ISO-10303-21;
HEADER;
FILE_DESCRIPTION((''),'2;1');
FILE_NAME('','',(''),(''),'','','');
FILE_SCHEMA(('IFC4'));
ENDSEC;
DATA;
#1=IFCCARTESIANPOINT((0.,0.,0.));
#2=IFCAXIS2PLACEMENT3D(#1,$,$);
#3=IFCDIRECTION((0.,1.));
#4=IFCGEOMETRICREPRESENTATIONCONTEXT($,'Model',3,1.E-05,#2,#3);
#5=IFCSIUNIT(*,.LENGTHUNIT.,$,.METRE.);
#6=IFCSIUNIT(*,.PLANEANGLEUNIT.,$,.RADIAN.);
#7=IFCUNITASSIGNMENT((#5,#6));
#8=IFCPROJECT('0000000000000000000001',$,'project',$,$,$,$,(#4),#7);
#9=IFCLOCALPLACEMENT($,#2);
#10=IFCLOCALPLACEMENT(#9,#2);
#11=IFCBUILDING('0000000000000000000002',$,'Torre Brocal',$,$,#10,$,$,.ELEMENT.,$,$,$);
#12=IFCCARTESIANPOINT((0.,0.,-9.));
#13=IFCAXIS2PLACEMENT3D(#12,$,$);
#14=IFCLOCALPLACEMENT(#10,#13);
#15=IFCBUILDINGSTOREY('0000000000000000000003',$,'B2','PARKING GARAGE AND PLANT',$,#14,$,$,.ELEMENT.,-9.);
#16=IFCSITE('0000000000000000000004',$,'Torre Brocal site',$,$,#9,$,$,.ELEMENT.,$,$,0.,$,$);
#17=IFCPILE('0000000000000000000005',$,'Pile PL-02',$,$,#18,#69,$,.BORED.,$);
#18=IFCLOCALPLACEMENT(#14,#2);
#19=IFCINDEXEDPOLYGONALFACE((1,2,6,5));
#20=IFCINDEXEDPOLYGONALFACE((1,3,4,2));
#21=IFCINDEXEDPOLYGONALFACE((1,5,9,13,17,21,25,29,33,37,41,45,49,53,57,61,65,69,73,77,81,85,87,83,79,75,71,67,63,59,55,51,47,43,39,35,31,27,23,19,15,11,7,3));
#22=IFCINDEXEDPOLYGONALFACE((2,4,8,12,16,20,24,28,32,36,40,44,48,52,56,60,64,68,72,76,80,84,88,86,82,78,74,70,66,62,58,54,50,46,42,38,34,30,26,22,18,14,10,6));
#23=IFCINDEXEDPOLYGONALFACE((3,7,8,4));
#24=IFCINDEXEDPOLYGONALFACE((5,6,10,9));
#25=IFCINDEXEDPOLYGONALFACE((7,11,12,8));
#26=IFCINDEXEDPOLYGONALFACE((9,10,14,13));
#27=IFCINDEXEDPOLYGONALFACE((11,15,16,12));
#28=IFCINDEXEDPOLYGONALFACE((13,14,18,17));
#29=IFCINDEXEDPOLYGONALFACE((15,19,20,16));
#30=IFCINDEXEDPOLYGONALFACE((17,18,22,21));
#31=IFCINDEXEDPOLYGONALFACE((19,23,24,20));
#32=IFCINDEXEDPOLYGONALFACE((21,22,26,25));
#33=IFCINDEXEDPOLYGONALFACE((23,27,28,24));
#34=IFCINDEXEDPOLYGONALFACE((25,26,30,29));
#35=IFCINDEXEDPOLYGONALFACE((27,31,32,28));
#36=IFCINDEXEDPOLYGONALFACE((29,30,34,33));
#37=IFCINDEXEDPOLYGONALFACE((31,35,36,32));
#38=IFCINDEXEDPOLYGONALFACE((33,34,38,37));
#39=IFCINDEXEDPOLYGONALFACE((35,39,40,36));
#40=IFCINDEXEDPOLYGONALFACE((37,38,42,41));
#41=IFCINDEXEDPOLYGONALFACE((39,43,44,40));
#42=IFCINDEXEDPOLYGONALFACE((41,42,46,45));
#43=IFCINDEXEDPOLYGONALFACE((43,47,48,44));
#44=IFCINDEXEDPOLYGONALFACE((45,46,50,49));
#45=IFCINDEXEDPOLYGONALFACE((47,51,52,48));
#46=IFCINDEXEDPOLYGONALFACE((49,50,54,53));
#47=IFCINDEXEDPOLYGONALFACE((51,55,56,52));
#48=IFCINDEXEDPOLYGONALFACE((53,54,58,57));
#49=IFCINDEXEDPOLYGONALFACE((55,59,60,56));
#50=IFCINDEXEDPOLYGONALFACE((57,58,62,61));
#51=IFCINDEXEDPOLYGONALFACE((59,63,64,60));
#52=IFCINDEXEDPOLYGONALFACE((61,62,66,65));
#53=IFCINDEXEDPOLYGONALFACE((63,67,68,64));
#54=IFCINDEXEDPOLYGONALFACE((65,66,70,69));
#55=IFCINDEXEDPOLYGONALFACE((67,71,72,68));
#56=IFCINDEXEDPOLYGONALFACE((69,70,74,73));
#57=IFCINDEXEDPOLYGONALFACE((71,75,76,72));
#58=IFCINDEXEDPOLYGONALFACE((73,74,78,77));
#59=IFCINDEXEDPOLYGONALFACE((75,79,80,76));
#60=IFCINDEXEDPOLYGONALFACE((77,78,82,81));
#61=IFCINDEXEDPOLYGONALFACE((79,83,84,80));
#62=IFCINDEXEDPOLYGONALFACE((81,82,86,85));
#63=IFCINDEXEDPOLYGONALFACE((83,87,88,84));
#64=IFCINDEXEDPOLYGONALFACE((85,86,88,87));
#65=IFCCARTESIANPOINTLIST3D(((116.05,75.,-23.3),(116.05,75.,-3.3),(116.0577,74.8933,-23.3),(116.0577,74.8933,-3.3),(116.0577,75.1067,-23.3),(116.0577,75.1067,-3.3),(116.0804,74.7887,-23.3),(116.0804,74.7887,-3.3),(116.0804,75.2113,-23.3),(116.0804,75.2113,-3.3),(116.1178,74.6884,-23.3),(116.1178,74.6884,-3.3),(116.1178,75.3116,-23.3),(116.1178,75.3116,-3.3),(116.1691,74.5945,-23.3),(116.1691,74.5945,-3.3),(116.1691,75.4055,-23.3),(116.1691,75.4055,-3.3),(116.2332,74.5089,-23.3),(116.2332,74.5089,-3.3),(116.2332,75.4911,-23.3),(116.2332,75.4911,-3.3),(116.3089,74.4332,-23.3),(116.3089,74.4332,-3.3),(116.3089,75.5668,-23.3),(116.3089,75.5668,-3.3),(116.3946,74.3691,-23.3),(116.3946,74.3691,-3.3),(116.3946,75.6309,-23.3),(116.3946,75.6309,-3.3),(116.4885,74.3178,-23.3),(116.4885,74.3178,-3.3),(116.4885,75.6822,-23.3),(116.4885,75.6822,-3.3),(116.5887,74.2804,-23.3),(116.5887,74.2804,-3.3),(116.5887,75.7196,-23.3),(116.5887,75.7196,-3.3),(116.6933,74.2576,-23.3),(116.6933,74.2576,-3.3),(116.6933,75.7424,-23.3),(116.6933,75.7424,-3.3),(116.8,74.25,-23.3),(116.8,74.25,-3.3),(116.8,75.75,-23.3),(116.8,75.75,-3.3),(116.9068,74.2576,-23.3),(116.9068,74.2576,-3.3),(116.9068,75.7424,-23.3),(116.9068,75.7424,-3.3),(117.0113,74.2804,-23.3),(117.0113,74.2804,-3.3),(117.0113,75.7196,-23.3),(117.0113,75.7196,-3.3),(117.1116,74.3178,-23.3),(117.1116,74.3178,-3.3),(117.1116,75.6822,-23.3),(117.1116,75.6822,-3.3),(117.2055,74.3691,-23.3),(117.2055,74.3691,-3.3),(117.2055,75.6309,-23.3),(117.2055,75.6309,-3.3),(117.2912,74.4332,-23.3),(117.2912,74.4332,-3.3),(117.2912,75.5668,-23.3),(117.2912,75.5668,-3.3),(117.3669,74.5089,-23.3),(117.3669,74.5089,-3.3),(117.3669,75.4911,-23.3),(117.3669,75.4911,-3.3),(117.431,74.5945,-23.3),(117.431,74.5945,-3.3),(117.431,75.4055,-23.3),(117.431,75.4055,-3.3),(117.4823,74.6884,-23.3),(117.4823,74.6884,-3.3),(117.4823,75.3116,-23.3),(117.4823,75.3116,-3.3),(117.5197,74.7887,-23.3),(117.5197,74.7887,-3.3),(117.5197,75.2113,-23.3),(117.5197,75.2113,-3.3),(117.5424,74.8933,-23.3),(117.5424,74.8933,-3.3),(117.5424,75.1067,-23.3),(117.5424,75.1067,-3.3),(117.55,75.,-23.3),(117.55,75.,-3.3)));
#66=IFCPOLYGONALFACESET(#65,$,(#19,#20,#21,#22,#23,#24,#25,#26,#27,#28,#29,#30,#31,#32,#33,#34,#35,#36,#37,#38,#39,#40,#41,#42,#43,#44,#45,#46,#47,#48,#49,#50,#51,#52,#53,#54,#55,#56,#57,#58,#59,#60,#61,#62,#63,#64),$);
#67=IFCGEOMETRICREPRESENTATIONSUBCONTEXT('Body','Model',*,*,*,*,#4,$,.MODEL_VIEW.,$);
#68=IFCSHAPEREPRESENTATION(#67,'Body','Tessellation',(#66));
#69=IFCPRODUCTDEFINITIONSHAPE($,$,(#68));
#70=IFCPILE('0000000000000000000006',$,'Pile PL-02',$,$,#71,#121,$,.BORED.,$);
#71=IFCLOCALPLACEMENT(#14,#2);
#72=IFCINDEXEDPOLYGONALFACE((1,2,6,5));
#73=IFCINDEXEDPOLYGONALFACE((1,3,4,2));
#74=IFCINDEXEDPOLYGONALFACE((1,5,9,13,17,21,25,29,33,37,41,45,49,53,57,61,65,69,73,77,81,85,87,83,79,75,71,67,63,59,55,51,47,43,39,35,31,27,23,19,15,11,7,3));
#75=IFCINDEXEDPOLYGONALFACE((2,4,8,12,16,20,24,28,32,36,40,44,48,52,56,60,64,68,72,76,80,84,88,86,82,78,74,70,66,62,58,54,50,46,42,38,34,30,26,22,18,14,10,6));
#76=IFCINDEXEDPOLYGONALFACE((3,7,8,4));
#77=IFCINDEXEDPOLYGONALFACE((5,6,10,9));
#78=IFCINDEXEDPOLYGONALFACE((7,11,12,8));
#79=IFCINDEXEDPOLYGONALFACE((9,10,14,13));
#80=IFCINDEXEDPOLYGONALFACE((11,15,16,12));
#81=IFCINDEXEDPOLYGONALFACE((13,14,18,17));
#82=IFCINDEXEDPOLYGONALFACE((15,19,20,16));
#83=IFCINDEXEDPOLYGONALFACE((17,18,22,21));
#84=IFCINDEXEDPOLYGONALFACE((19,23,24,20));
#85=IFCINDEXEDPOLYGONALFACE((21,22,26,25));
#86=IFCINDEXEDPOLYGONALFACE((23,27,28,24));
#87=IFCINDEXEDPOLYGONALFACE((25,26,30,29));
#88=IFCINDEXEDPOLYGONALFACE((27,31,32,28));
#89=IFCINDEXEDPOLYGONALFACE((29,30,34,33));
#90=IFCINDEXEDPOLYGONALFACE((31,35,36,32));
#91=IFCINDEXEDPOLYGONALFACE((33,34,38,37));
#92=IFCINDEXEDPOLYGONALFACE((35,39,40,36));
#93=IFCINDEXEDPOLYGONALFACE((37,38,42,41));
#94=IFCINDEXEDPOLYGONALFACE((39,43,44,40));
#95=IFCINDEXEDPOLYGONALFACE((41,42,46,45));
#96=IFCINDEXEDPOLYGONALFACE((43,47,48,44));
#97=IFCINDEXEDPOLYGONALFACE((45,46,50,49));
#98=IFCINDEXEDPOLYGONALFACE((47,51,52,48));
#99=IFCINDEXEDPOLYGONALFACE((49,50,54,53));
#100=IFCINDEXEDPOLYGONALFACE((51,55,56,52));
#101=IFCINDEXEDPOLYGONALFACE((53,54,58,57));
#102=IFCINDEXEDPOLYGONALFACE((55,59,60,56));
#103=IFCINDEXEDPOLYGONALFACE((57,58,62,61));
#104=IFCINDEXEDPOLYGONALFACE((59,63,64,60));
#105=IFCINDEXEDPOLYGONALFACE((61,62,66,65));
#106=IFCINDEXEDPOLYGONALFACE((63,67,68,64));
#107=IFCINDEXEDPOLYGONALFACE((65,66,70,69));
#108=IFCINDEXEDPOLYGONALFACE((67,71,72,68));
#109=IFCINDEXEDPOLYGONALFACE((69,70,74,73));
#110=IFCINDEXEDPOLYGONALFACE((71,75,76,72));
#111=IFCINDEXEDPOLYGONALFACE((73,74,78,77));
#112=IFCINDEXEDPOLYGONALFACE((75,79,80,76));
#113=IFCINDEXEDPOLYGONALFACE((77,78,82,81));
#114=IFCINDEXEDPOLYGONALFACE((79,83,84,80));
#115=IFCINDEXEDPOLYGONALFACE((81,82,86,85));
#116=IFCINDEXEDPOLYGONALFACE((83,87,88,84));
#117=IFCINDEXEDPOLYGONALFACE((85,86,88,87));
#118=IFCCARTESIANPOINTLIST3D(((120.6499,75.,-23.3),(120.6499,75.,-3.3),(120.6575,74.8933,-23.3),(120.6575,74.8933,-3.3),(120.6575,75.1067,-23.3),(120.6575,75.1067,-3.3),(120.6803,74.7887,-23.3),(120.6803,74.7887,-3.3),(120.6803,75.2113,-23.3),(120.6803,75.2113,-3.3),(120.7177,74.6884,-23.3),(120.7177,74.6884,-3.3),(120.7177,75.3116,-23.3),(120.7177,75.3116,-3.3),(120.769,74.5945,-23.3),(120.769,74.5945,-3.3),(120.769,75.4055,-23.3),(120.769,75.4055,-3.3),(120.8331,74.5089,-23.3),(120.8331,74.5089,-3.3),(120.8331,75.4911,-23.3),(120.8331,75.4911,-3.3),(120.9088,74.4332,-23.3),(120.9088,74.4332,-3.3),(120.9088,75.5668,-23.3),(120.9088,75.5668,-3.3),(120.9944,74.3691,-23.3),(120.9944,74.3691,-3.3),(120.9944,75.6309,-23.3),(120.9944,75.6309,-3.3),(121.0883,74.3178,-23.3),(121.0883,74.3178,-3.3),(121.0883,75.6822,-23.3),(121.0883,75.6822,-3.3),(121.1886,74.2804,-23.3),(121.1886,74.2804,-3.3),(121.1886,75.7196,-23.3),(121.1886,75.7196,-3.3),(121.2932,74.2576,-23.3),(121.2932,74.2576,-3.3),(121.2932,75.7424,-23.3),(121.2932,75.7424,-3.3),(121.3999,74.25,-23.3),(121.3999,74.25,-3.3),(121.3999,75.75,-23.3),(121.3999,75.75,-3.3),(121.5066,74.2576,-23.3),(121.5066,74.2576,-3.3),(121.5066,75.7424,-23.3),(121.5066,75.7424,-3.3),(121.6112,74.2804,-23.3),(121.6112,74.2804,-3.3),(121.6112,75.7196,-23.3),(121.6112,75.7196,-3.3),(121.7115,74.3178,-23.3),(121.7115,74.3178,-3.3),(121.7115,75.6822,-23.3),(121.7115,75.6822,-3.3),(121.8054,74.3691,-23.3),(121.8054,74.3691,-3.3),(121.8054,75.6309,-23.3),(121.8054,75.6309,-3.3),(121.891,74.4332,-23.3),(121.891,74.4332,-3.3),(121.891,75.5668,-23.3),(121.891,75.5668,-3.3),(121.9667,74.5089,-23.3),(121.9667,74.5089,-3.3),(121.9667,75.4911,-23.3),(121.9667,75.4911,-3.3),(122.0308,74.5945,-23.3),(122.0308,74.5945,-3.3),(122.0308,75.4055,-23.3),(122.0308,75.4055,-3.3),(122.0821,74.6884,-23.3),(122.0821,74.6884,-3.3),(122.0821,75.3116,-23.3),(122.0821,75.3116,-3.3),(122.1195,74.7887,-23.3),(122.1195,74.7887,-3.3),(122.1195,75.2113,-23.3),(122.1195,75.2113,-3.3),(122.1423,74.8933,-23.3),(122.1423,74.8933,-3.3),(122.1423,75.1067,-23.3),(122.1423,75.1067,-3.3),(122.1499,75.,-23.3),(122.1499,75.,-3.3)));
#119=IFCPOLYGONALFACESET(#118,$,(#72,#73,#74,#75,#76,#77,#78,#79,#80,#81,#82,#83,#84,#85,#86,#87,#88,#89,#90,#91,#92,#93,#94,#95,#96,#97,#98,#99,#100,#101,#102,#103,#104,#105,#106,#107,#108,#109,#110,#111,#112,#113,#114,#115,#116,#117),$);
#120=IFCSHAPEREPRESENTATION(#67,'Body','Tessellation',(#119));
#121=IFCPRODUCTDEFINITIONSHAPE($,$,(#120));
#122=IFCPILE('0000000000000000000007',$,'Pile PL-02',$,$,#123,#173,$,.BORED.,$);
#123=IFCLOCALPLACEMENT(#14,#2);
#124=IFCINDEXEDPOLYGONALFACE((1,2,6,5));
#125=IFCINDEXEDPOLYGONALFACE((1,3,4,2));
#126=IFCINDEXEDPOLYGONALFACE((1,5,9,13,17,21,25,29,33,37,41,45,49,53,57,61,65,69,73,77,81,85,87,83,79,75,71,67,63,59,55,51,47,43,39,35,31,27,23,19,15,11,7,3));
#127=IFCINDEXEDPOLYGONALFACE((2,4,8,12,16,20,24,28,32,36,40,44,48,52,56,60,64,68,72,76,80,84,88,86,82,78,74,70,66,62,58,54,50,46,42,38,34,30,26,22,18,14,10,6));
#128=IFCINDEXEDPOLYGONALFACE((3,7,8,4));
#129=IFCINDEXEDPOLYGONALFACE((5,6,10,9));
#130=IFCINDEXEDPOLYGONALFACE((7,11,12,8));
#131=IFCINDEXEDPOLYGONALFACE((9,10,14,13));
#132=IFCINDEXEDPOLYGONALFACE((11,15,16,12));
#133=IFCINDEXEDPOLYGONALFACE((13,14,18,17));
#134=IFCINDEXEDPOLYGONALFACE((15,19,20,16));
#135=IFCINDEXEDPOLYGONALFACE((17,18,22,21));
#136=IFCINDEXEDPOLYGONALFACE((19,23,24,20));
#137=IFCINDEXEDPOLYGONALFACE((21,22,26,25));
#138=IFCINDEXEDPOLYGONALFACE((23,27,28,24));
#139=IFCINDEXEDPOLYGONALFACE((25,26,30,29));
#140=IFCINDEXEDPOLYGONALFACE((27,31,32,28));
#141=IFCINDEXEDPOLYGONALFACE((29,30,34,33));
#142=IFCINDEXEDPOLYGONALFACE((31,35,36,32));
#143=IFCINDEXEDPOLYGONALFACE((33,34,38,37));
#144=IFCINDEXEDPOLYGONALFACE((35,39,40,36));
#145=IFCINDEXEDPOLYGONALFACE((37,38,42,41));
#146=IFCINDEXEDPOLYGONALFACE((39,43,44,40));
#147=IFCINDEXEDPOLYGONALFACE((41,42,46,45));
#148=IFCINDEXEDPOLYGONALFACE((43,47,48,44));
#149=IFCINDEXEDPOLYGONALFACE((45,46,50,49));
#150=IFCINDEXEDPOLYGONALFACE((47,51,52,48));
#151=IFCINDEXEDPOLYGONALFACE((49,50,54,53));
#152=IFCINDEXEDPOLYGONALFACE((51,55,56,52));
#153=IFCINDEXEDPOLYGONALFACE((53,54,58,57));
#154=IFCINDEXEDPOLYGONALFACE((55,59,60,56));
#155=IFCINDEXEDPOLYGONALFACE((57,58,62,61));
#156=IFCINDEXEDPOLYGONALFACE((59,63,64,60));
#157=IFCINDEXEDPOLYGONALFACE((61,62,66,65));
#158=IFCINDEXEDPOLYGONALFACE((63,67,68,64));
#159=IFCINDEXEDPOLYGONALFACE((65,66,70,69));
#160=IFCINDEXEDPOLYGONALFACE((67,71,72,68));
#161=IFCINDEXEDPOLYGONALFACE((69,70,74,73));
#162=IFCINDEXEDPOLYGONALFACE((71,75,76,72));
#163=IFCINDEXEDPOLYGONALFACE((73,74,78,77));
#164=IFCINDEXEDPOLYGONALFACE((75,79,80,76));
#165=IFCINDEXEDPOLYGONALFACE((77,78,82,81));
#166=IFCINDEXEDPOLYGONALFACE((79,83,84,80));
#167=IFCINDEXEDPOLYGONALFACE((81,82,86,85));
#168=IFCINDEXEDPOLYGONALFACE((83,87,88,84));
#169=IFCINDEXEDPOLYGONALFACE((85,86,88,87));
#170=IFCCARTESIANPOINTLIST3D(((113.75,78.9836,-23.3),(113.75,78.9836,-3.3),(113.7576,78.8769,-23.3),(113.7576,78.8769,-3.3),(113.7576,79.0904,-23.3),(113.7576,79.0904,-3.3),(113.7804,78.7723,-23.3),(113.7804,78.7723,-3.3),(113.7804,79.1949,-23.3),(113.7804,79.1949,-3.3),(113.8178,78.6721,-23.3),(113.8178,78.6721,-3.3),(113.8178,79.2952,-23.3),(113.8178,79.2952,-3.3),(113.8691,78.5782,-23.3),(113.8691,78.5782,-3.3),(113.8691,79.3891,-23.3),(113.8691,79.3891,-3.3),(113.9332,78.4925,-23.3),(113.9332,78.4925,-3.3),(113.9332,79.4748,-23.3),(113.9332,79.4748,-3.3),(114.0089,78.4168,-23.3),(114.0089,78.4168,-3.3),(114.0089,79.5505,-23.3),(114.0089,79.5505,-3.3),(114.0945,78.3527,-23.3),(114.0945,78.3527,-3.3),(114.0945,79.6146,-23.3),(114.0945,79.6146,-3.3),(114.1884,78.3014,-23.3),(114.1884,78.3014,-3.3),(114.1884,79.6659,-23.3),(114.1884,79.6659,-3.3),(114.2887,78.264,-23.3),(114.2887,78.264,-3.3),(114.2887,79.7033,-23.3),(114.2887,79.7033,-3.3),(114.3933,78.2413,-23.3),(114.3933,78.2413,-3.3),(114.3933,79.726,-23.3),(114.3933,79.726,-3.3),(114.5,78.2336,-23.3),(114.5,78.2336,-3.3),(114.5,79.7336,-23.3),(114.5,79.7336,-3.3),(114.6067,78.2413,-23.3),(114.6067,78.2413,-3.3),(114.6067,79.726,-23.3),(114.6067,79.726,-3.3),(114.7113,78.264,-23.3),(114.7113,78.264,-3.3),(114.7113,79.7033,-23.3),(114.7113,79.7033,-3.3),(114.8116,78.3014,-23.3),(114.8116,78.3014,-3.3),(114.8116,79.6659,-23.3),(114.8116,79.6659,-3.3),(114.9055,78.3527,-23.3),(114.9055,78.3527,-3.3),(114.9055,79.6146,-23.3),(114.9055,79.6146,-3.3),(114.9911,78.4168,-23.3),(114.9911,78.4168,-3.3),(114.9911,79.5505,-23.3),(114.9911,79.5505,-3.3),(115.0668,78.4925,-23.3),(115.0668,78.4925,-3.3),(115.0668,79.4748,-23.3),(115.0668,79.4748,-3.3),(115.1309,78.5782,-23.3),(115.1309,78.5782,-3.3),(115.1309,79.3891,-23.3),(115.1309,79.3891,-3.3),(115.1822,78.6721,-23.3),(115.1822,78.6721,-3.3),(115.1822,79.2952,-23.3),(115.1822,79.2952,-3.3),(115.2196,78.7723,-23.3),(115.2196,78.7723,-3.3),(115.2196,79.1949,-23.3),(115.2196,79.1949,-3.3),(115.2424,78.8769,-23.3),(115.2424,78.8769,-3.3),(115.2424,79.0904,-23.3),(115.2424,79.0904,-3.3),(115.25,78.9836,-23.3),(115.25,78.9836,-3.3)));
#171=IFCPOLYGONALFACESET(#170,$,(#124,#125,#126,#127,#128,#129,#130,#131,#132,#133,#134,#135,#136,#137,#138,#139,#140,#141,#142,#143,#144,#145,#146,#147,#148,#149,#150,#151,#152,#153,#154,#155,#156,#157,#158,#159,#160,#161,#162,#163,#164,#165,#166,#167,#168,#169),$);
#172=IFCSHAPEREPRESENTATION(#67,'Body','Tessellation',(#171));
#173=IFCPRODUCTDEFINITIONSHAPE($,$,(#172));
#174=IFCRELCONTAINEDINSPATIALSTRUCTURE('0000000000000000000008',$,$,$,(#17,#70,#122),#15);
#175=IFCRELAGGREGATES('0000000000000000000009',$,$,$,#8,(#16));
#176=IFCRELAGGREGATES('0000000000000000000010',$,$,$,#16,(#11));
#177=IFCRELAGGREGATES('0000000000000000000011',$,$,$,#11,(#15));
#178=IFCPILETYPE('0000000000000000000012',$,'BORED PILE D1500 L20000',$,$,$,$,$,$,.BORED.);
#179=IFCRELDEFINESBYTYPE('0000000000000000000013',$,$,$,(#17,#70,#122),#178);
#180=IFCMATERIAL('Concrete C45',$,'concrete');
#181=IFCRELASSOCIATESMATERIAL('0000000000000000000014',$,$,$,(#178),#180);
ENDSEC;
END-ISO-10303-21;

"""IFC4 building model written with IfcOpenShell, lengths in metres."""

from ifc_helpers import new_model, si_unit, direction, frame, origin, origin_2d, place, context, subcontext, project, spatial, circle, extrude, material, material_profile, profile_set, type_object, element, save


model = new_model("IFC4")

# Units and contexts
model_context = context("Model", 3, precision=1e-05, world=origin(), true_north=direction((0.0, 1.0)))
body_context = subcontext(model_context, "Body", "Model", "MODEL_VIEW")
ifc_project = project(units=[si_unit("LENGTHUNIT", "METRE"), si_unit("PLANEANGLEUNIT", "RADIAN")], contexts=[model_context])

# Site, building, storey
site_placement = place(None, origin())
site = spatial("IfcSite", under=ifc_project, at=site_placement, Name="Torre Brocal site", CompositionType="ELEMENT", RefElevation=0.0)
building_placement = place(site_placement, origin())
building = spatial("IfcBuilding", under=site, at=building_placement, Name="Torre Brocal", CompositionType="ELEMENT")
storey_placement = place(building_placement, frame((0.0, 0.0, -9.0)))
storey = spatial("IfcBuildingStorey", under=building, at=storey_placement, Name="B2", Description="PARKING GARAGE AND PLANT", CompositionType="ELEMENT", Elevation=-9.0)

# Piles
ifc_material_1 = material(Name="Concrete C45", Category="concrete")
ifc_material_profile_1 = material_profile(ifc_material_1, circle(Radius=0.75, at=origin_2d()), Name="BORED PILE D1500")
ifc_profile_set_1 = profile_set([ifc_material_profile_1], Name="Concrete C45")
pile_type = type_object("IfcPileType", Name="BORED PILE D1500 L20000", PredefinedType="BORED", material=ifc_profile_set_1)
for number, where, z_axis, x_axis, name in (
    (1, (116.8, 75.0, -3.3), (0.0, 0.0, -1.0), (1.0, 0.0, 0.0), "Pile PL-02"),
    (2, (121.3999, 75.0, -3.3), (0.0, 0.0, -1.0), (1.0, 0.0, 0.0), "Pile PL-02"),
    (3, (114.5, 78.9836, -3.3), (0.0, 0.0, -1.0), (1.0, 0.0, 0.0), "Pile PL-02"),
):
    element("IfcPile", number, at=place(storey_placement, frame(where, z_axis=z_axis, x_axis=x_axis)), inside=storey, type_object=pile_type, Name=name, PredefinedType="BORED", context=body_context, shape_type="SweptSolid", body=[
        extrude(circle(Radius=0.75, at=origin_2d()), origin(), (0.0, 0.0, 1.0), 20.0),
    ])

save(model, "model.ifc")
